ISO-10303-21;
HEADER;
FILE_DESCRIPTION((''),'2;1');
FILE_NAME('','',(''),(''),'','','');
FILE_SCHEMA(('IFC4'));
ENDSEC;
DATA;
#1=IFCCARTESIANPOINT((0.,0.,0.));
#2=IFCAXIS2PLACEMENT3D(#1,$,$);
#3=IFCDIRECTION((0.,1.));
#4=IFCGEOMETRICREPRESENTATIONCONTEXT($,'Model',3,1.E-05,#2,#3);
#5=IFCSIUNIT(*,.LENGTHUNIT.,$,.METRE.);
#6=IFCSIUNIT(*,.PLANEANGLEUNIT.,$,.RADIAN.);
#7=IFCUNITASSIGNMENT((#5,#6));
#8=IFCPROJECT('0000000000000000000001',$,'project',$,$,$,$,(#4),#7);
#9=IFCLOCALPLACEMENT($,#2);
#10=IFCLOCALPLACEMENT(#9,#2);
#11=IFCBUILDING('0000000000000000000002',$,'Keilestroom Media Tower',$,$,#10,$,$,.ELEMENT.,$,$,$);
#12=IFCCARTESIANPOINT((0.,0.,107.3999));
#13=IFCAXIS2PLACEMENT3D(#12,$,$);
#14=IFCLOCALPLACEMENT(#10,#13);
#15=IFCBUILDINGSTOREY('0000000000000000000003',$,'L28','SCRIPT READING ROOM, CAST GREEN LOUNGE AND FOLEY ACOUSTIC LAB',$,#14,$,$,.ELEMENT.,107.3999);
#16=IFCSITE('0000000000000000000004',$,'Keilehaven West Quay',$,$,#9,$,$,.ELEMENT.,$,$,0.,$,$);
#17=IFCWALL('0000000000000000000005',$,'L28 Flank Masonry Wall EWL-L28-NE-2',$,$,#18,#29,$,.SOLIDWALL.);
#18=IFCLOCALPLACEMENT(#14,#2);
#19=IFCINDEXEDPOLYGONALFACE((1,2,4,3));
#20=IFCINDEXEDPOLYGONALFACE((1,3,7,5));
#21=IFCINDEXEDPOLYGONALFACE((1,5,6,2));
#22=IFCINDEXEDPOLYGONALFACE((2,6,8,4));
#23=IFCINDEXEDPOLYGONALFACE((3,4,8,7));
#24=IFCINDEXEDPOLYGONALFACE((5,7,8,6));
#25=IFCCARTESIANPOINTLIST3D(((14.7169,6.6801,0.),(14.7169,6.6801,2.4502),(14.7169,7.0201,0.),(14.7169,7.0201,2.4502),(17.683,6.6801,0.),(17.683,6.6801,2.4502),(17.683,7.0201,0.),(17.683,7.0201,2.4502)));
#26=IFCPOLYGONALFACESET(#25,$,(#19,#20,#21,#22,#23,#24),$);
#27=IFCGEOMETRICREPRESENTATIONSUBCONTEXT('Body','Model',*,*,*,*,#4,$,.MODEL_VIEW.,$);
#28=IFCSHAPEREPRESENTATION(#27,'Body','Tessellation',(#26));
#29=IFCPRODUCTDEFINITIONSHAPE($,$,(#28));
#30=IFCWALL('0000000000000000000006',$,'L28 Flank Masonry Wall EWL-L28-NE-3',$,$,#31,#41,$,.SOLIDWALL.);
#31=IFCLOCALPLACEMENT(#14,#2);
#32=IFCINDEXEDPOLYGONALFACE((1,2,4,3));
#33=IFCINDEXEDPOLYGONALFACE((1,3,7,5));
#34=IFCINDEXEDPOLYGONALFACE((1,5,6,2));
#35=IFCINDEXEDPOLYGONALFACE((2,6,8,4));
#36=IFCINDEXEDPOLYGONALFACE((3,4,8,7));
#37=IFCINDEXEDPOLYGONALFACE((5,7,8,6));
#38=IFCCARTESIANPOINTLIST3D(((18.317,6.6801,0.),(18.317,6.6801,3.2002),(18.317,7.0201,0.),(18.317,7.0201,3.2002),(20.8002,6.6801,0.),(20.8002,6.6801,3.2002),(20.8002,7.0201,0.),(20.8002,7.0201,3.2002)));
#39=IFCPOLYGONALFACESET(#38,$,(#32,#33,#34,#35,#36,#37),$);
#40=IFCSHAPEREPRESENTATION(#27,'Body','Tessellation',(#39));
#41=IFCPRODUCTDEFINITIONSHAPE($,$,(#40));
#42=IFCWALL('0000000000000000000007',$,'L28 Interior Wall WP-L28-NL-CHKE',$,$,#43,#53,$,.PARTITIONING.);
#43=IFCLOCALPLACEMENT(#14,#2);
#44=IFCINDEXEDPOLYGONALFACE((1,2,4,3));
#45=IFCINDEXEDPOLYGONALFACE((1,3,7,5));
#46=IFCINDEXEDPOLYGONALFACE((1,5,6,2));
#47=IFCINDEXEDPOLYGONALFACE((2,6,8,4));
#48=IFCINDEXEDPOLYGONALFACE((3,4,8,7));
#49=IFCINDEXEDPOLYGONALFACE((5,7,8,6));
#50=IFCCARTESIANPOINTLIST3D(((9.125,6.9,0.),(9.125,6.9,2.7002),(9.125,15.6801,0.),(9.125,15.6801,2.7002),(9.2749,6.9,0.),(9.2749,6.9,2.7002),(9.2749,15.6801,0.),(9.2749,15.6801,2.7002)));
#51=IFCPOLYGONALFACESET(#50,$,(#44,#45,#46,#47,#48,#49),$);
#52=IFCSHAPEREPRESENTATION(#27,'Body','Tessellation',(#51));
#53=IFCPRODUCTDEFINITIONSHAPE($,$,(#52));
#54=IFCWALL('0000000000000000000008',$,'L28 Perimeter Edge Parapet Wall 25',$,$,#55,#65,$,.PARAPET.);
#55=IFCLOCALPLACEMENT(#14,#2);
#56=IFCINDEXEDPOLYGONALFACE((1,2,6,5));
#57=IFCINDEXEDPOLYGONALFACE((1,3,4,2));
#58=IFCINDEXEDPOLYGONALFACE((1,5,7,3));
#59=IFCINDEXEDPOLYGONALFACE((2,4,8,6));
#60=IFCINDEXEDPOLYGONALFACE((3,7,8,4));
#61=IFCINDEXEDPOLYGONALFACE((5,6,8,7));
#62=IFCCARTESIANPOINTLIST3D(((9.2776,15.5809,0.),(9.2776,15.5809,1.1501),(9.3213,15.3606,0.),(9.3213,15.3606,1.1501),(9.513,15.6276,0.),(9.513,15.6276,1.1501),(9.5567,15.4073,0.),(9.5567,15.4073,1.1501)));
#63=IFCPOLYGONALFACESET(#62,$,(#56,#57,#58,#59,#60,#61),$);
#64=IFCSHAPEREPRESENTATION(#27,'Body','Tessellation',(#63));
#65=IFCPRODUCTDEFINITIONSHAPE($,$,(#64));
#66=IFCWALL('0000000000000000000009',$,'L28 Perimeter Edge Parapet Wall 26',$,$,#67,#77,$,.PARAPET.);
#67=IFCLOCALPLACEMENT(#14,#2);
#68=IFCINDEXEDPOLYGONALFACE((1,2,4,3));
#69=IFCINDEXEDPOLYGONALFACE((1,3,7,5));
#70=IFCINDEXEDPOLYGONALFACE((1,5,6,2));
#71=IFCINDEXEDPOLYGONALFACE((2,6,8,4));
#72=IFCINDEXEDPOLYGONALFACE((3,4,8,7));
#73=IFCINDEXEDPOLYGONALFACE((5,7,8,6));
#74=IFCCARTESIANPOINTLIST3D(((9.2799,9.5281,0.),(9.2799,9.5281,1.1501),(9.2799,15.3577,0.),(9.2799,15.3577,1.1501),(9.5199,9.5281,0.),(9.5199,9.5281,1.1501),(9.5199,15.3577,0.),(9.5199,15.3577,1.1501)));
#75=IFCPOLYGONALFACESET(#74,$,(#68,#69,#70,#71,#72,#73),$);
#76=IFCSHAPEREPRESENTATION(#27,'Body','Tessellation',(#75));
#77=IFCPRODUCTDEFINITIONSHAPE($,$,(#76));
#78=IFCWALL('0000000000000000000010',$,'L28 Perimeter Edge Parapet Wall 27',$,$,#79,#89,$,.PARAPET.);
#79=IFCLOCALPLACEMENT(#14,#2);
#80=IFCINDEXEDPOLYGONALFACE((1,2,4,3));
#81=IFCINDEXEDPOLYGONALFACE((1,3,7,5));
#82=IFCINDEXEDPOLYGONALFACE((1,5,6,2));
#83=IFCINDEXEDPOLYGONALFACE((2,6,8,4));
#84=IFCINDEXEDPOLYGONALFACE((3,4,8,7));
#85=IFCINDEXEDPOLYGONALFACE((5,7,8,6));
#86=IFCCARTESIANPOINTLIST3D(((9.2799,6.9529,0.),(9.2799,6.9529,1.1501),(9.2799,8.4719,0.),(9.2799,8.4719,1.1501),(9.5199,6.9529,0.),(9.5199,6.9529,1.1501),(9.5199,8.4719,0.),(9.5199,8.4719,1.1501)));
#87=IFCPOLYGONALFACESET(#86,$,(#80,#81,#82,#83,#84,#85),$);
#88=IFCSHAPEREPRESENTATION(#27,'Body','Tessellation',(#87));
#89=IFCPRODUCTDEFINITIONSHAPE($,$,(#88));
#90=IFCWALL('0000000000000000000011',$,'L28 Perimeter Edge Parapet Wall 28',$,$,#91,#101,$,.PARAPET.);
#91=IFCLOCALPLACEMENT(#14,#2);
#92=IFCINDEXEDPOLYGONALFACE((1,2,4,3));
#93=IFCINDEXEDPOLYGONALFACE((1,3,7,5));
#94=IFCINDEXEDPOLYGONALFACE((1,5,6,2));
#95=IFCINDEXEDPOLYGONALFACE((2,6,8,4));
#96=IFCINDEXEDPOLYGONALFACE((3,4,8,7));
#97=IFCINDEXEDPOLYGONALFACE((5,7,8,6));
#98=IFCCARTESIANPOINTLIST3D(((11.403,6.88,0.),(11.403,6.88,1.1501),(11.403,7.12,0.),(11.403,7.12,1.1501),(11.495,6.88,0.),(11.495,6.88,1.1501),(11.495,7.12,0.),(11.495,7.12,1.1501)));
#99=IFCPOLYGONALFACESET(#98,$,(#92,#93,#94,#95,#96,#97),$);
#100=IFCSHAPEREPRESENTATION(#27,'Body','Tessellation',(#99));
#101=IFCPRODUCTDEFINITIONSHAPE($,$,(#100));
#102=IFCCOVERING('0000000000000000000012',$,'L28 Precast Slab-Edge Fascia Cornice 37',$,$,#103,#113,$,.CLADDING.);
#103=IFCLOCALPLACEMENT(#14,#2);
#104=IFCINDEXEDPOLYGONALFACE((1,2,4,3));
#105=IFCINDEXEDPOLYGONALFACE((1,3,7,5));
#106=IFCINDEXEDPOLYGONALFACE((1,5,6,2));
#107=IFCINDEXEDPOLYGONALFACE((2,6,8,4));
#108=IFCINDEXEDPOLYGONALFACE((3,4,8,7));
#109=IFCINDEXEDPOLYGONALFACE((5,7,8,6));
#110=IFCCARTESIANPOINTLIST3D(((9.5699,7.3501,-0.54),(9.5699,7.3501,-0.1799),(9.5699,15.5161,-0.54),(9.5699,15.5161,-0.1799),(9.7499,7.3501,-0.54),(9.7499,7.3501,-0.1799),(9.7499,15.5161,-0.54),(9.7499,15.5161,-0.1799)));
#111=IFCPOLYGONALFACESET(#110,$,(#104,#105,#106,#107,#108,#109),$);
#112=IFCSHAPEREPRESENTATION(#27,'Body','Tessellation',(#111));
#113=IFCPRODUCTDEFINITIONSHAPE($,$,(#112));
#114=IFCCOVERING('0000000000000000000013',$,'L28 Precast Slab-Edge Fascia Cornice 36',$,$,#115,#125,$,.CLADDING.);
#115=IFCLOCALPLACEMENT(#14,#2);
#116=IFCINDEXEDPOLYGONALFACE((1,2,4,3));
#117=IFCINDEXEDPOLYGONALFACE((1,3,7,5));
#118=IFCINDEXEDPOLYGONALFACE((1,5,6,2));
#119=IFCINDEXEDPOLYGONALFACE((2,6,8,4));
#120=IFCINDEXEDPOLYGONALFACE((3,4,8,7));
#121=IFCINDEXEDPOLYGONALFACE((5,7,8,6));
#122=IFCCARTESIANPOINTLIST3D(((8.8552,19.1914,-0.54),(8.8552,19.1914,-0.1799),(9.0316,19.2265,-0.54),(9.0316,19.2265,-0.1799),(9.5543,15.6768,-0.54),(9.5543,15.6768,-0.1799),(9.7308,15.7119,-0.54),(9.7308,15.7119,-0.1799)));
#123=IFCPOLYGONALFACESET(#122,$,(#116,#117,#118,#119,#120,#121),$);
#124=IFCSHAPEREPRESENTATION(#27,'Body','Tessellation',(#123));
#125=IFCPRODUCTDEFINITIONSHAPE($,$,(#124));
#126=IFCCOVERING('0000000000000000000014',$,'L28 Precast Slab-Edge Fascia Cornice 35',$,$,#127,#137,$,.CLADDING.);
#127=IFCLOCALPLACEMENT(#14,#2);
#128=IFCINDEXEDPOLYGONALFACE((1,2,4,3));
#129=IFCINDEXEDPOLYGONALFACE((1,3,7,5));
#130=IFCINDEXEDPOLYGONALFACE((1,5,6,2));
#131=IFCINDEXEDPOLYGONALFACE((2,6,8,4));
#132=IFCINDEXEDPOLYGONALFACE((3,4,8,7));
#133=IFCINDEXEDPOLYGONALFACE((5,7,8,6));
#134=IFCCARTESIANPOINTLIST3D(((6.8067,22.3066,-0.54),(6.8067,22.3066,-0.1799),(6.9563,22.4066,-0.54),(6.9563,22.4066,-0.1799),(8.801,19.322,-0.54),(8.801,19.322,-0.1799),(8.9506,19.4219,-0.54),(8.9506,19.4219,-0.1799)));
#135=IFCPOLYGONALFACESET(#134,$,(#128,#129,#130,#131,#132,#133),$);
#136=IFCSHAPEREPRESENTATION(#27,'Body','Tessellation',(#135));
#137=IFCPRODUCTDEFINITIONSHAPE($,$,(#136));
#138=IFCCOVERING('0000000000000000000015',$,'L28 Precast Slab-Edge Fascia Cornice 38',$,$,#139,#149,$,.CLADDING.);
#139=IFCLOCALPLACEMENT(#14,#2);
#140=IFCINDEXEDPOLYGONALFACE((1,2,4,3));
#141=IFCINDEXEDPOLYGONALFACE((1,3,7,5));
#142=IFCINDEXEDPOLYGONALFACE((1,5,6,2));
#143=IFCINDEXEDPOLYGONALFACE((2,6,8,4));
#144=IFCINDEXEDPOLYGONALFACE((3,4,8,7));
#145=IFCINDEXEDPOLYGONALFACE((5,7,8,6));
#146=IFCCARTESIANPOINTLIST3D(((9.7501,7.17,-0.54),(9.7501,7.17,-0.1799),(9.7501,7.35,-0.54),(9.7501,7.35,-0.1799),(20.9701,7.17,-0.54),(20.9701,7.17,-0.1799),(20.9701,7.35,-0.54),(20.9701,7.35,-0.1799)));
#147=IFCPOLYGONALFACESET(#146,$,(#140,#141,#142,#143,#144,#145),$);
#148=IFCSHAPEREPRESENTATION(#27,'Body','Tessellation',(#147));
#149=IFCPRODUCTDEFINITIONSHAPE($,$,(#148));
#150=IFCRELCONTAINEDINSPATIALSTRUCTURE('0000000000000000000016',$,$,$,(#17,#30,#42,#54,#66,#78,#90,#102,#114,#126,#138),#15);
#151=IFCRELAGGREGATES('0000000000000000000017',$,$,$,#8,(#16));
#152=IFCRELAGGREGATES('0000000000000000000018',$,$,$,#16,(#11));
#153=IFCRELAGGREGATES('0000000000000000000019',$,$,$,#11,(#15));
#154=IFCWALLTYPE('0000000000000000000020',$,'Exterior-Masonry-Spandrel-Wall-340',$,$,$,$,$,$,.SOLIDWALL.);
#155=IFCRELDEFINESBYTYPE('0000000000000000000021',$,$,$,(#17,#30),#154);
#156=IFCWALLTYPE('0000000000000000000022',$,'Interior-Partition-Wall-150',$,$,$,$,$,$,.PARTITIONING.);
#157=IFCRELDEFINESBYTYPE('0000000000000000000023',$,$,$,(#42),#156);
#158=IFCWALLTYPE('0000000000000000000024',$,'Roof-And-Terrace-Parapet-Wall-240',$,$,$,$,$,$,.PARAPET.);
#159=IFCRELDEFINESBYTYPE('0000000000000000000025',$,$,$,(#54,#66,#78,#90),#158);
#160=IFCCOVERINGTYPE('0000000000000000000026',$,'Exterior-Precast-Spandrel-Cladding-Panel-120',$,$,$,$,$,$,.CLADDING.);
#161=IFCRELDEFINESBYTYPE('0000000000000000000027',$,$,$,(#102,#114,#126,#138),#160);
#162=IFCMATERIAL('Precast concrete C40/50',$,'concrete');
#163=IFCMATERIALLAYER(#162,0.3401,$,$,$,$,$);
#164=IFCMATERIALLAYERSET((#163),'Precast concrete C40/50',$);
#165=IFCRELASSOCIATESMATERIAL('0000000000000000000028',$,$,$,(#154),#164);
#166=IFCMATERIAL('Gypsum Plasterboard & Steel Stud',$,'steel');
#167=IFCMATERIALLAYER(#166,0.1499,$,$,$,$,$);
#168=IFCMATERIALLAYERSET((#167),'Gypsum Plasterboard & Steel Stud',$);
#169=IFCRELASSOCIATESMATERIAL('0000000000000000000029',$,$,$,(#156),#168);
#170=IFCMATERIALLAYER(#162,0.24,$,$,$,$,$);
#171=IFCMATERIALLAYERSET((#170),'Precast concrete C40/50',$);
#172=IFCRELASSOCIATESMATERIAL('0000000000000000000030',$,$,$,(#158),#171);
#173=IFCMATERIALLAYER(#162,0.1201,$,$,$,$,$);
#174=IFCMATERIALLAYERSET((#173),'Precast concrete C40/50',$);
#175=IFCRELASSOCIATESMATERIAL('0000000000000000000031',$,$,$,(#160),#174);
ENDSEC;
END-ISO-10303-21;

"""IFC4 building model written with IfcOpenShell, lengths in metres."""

from ifc_helpers import new_model, si_unit, direction, frame, frame_2d, origin, origin_2d, place, context, subcontext, project, spatial, rectangle, extrude, source, transform, mapped, material, layer, layer_set, type_object, element, save


model = new_model("IFC4")

# Units and contexts
model_context = context("Model", 3, precision=1e-05, world=origin(), true_north=direction((0.0, 1.0)))
body_context = subcontext(model_context, "Body", "Model", "MODEL_VIEW")
ifc_project = project(units=[si_unit("LENGTHUNIT", "METRE"), si_unit("PLANEANGLEUNIT", "RADIAN")], contexts=[model_context])

# Site, building, storey
site_placement = place(None, origin())
site = spatial("IfcSite", under=ifc_project, at=site_placement, Name="Keilehaven West Quay", CompositionType="ELEMENT", RefElevation=0.0)
building_placement = place(site_placement, origin())
building = spatial("IfcBuilding", under=site, at=building_placement, Name="Keilestroom Media Tower", CompositionType="ELEMENT")
storey_placement = place(building_placement, frame((0.0, 0.0, 107.3999)))
storey = spatial("IfcBuildingStorey", under=building, at=storey_placement, Name="L28", Description="SCRIPT READING ROOM, CAST GREEN LOUNGE AND FOLEY ACOUSTIC LAB", CompositionType="ELEMENT", Elevation=107.3999)

# Shared definitions
ifc_material_1 = material(Name="Precast concrete C40/50", Category="concrete")

# Walls
ifc_layer_1 = layer(ifc_material_1, 0.3401)
ifc_layer_set_1 = layer_set([ifc_layer_1], Name="Precast concrete C40/50")
wall_type_1 = type_object("IfcWallType", Name="Exterior-Masonry-Spandrel-Wall-340", PredefinedType="SOLIDWALL", material=ifc_layer_set_1)
wall_1_placement = place(storey_placement, frame((14.717, 6.8501, 0.0), z_axis=(0.0, 0.0, 1.0), x_axis=(1.0, 0.0, 0.0)))
element("IfcWall", 1, at=wall_1_placement, inside=storey, type_object=wall_type_1, Name="L28 Flank Masonry Wall EWL-L28-NE-2", PredefinedType="SOLIDWALL", context=body_context, shape_type="SweptSolid", body=[
    extrude(rectangle(XDim=2.9661, YDim=0.3401, at=frame_2d((1.4829, 0.0))), origin(), (0.0, 0.0, 1.0), 2.4502),
])
wall_2_placement = place(storey_placement, frame((18.3169, 6.8501, 0.0), z_axis=(0.0, 0.0, 1.0), x_axis=(1.0, 0.0, 0.0)))
element("IfcWall", 2, at=wall_2_placement, inside=storey, type_object=wall_type_1, Name="L28 Flank Masonry Wall EWL-L28-NE-3", PredefinedType="SOLIDWALL", context=body_context, shape_type="SweptSolid", body=[
    extrude(rectangle(XDim=2.4832, YDim=0.3401, at=frame_2d((1.2417, 0.0))), origin(), (0.0, 0.0, 1.0), 3.2002),
])
ifc_material_2 = material(Name="Gypsum Plasterboard & Steel Stud", Category="steel")
ifc_layer_2 = layer(ifc_material_2, 0.1499)
ifc_layer_set_2 = layer_set([ifc_layer_2], Name="Gypsum Plasterboard & Steel Stud")
wall_type_2 = type_object("IfcWallType", Name="Interior-Partition-Wall-150", PredefinedType="PARTITIONING", material=ifc_layer_set_2)
wall_3_placement = place(storey_placement, frame((9.2, 6.8999, 0.0), z_axis=(0.0, 0.0, 1.0), x_axis=(0.0, 1.0, 0.0)))
element("IfcWall", 3, at=wall_3_placement, inside=storey, type_object=wall_type_2, Name="L28 Interior Wall WP-L28-NL-CHKE", PredefinedType="PARTITIONING", context=body_context, shape_type="SweptSolid", body=[
    extrude(rectangle(XDim=8.78, YDim=0.1499, at=frame_2d((4.3901, 0.0))), origin(), (0.0, 0.0, 1.0), 2.7002),
])
ifc_layer_3 = layer(ifc_material_1, 0.24)
ifc_layer_set_3 = layer_set([ifc_layer_3], Name="Precast concrete C40/50")
wall_type_3 = type_object("IfcWallType", Name="Roof-And-Terrace-Parapet-Wall-240", PredefinedType="PARAPET", material=ifc_layer_set_3)
wall_4_placement = place(storey_placement, frame((9.3953, 15.6042, 0.0), z_axis=(0.0, 0.0, 1.0), x_axis=(0.194652, -0.980872, 0.0)))
element("IfcWall", 4, at=wall_4_placement, inside=storey, type_object=wall_type_3, Name="L28 Perimeter Edge Parapet Wall 25", PredefinedType="PARAPET", context=body_context, shape_type="SweptSolid", body=[
    extrude(rectangle(XDim=0.2246, YDim=0.24, at=frame_2d((0.1123, 0.0))), origin(), (0.0, 0.0, 1.0), 1.1501),
])
wall_5_placement = place(storey_placement, frame((9.3999, 15.3577, 0.0), z_axis=(0.0, 0.0, 1.0), x_axis=(0.0, -1.0, 0.0)))
element("IfcWall", 5, at=wall_5_placement, inside=storey, type_object=wall_type_3, Name="L28 Perimeter Edge Parapet Wall 26", PredefinedType="PARAPET", context=body_context, shape_type="SweptSolid", body=[
    extrude(rectangle(XDim=5.8296, YDim=0.24, at=frame_2d((2.9148, 0.0))), origin(), (0.0, 0.0, 1.0), 1.1501),
])
wall_6_placement = place(storey_placement, frame((9.3999, 8.4719, 0.0), z_axis=(0.0, 0.0, 1.0), x_axis=(0.0, -1.0, 0.0)))
element("IfcWall", 6, at=wall_6_placement, inside=storey, type_object=wall_type_3, Name="L28 Perimeter Edge Parapet Wall 27", PredefinedType="PARAPET", context=body_context, shape_type="SweptSolid", body=[
    extrude(rectangle(XDim=1.519, YDim=0.24, at=frame_2d((0.7595, 0.0))), origin(), (0.0, 0.0, 1.0), 1.1501),
])
wall_7_placement = place(storey_placement, frame((11.4031, 7.0, 0.0), z_axis=(0.0, 0.0, 1.0), x_axis=(1.0, 0.0, 0.0)))
element("IfcWall", 7, at=wall_7_placement, inside=storey, type_object=wall_type_3, Name="L28 Perimeter Edge Parapet Wall 28", PredefinedType="PARAPET", context=body_context, shape_type="SweptSolid", body=[
    extrude(rectangle(XDim=0.092, YDim=0.24, at=frame_2d((0.0459, 0.0))), origin(), (0.0, 0.0, 1.0), 1.1501),
])

# Coverings
ifc_layer_4 = layer(ifc_material_1, 0.1201)
ifc_layer_set_4 = layer_set([ifc_layer_4], Name="Precast concrete C40/50")
covering_type = type_object("IfcCoveringType", Name="Exterior-Precast-Spandrel-Cladding-Panel-120", PredefinedType="CLADDING", material=ifc_layer_set_4)
shared_shape_1 = source(origin(), body_context, "Body", "SweptSolid", [
    extrude(rectangle(XDim=8.166, YDim=0.1799, at=origin_2d()), origin(), (0.0, 0.0, 1.0), 0.3601),
])
covering_1_placement = place(storey_placement, frame((9.6599, 11.4331, -0.54), z_axis=(0.0, 0.0, 1.0), x_axis=(0.0, -1.0, 0.0)))
element("IfcCovering", 8, at=covering_1_placement, inside=storey, type_object=covering_type, Name="L28 Precast Slab-Edge Fascia Cornice 37", PredefinedType="CLADDING", context=body_context, shape_type="MappedRepresentation", body=[
    mapped(shared_shape_1, transform((0.0, 0.0, 0.0), x_axis=(1.0, 0.0, 0.0), y_axis=(0.0, 1.0, 0.0), z_axis=(0.0, 0.0, 1.0), scale=1.0)),
])
shared_shape_2 = source(origin(), body_context, "Body", "SweptSolid", [
    extrude(rectangle(XDim=3.5835, YDim=0.1799, at=origin_2d()), origin(), (0.0, 0.0, 1.0), 0.3601),
])
covering_2_placement = place(storey_placement, frame((9.293, 17.4517, -0.54), z_axis=(0.0, 0.0, 1.0), x_axis=(0.195099, -0.980784, 0.0)))
element("IfcCovering", 9, at=covering_2_placement, inside=storey, type_object=covering_type, Name="L28 Precast Slab-Edge Fascia Cornice 36", PredefinedType="CLADDING", context=body_context, shape_type="MappedRepresentation", body=[
    mapped(shared_shape_2, transform((0.0, 0.0, 0.0), x_axis=(1.0, 0.0, 0.0), y_axis=(0.0, 1.0, 0.0), z_axis=(0.0, 0.0, 1.0), scale=1.0)),
])
shared_shape_3 = source(origin(), body_context, "Body", "SweptSolid", [
    extrude(rectangle(XDim=3.5896, YDim=0.1799, at=origin_2d()), origin(), (0.0, 0.0, 1.0), 0.3601),
])
covering_3_placement = place(storey_placement, frame((7.8787, 20.8643, -0.54), z_axis=(0.0, 0.0, 1.0), x_axis=(0.555575, -0.831467, 0.0)))
element("IfcCovering", 10, at=covering_3_placement, inside=storey, type_object=covering_type, Name="L28 Precast Slab-Edge Fascia Cornice 35", PredefinedType="CLADDING", context=body_context, shape_type="MappedRepresentation", body=[
    mapped(shared_shape_3, transform((0.0, 0.0, 0.0), x_axis=(1.0, 0.0, 0.0), y_axis=(0.0, 1.0, 0.0), z_axis=(0.0, 0.0, 1.0), scale=1.0)),
])
shared_shape_4 = source(origin(), body_context, "Body", "SweptSolid", [
    extrude(rectangle(XDim=11.22, YDim=0.1799, at=origin_2d()), origin(), (0.0, 0.0, 1.0), 0.3601),
])
covering_4_placement = place(storey_placement, frame((15.3601, 7.26, -0.54), z_axis=(0.0, 0.0, 1.0), x_axis=(1.0, 0.0, 0.0)))
element("IfcCovering", 11, at=covering_4_placement, inside=storey, type_object=covering_type, Name="L28 Precast Slab-Edge Fascia Cornice 38", PredefinedType="CLADDING", context=body_context, shape_type="MappedRepresentation", body=[
    mapped(shared_shape_4, transform((0.0, 0.0, 0.0), x_axis=(1.0, 0.0, 0.0), y_axis=(0.0, 1.0, 0.0), z_axis=(0.0, 0.0, 1.0), scale=1.0)),
])

save(model, "model.ifc")
